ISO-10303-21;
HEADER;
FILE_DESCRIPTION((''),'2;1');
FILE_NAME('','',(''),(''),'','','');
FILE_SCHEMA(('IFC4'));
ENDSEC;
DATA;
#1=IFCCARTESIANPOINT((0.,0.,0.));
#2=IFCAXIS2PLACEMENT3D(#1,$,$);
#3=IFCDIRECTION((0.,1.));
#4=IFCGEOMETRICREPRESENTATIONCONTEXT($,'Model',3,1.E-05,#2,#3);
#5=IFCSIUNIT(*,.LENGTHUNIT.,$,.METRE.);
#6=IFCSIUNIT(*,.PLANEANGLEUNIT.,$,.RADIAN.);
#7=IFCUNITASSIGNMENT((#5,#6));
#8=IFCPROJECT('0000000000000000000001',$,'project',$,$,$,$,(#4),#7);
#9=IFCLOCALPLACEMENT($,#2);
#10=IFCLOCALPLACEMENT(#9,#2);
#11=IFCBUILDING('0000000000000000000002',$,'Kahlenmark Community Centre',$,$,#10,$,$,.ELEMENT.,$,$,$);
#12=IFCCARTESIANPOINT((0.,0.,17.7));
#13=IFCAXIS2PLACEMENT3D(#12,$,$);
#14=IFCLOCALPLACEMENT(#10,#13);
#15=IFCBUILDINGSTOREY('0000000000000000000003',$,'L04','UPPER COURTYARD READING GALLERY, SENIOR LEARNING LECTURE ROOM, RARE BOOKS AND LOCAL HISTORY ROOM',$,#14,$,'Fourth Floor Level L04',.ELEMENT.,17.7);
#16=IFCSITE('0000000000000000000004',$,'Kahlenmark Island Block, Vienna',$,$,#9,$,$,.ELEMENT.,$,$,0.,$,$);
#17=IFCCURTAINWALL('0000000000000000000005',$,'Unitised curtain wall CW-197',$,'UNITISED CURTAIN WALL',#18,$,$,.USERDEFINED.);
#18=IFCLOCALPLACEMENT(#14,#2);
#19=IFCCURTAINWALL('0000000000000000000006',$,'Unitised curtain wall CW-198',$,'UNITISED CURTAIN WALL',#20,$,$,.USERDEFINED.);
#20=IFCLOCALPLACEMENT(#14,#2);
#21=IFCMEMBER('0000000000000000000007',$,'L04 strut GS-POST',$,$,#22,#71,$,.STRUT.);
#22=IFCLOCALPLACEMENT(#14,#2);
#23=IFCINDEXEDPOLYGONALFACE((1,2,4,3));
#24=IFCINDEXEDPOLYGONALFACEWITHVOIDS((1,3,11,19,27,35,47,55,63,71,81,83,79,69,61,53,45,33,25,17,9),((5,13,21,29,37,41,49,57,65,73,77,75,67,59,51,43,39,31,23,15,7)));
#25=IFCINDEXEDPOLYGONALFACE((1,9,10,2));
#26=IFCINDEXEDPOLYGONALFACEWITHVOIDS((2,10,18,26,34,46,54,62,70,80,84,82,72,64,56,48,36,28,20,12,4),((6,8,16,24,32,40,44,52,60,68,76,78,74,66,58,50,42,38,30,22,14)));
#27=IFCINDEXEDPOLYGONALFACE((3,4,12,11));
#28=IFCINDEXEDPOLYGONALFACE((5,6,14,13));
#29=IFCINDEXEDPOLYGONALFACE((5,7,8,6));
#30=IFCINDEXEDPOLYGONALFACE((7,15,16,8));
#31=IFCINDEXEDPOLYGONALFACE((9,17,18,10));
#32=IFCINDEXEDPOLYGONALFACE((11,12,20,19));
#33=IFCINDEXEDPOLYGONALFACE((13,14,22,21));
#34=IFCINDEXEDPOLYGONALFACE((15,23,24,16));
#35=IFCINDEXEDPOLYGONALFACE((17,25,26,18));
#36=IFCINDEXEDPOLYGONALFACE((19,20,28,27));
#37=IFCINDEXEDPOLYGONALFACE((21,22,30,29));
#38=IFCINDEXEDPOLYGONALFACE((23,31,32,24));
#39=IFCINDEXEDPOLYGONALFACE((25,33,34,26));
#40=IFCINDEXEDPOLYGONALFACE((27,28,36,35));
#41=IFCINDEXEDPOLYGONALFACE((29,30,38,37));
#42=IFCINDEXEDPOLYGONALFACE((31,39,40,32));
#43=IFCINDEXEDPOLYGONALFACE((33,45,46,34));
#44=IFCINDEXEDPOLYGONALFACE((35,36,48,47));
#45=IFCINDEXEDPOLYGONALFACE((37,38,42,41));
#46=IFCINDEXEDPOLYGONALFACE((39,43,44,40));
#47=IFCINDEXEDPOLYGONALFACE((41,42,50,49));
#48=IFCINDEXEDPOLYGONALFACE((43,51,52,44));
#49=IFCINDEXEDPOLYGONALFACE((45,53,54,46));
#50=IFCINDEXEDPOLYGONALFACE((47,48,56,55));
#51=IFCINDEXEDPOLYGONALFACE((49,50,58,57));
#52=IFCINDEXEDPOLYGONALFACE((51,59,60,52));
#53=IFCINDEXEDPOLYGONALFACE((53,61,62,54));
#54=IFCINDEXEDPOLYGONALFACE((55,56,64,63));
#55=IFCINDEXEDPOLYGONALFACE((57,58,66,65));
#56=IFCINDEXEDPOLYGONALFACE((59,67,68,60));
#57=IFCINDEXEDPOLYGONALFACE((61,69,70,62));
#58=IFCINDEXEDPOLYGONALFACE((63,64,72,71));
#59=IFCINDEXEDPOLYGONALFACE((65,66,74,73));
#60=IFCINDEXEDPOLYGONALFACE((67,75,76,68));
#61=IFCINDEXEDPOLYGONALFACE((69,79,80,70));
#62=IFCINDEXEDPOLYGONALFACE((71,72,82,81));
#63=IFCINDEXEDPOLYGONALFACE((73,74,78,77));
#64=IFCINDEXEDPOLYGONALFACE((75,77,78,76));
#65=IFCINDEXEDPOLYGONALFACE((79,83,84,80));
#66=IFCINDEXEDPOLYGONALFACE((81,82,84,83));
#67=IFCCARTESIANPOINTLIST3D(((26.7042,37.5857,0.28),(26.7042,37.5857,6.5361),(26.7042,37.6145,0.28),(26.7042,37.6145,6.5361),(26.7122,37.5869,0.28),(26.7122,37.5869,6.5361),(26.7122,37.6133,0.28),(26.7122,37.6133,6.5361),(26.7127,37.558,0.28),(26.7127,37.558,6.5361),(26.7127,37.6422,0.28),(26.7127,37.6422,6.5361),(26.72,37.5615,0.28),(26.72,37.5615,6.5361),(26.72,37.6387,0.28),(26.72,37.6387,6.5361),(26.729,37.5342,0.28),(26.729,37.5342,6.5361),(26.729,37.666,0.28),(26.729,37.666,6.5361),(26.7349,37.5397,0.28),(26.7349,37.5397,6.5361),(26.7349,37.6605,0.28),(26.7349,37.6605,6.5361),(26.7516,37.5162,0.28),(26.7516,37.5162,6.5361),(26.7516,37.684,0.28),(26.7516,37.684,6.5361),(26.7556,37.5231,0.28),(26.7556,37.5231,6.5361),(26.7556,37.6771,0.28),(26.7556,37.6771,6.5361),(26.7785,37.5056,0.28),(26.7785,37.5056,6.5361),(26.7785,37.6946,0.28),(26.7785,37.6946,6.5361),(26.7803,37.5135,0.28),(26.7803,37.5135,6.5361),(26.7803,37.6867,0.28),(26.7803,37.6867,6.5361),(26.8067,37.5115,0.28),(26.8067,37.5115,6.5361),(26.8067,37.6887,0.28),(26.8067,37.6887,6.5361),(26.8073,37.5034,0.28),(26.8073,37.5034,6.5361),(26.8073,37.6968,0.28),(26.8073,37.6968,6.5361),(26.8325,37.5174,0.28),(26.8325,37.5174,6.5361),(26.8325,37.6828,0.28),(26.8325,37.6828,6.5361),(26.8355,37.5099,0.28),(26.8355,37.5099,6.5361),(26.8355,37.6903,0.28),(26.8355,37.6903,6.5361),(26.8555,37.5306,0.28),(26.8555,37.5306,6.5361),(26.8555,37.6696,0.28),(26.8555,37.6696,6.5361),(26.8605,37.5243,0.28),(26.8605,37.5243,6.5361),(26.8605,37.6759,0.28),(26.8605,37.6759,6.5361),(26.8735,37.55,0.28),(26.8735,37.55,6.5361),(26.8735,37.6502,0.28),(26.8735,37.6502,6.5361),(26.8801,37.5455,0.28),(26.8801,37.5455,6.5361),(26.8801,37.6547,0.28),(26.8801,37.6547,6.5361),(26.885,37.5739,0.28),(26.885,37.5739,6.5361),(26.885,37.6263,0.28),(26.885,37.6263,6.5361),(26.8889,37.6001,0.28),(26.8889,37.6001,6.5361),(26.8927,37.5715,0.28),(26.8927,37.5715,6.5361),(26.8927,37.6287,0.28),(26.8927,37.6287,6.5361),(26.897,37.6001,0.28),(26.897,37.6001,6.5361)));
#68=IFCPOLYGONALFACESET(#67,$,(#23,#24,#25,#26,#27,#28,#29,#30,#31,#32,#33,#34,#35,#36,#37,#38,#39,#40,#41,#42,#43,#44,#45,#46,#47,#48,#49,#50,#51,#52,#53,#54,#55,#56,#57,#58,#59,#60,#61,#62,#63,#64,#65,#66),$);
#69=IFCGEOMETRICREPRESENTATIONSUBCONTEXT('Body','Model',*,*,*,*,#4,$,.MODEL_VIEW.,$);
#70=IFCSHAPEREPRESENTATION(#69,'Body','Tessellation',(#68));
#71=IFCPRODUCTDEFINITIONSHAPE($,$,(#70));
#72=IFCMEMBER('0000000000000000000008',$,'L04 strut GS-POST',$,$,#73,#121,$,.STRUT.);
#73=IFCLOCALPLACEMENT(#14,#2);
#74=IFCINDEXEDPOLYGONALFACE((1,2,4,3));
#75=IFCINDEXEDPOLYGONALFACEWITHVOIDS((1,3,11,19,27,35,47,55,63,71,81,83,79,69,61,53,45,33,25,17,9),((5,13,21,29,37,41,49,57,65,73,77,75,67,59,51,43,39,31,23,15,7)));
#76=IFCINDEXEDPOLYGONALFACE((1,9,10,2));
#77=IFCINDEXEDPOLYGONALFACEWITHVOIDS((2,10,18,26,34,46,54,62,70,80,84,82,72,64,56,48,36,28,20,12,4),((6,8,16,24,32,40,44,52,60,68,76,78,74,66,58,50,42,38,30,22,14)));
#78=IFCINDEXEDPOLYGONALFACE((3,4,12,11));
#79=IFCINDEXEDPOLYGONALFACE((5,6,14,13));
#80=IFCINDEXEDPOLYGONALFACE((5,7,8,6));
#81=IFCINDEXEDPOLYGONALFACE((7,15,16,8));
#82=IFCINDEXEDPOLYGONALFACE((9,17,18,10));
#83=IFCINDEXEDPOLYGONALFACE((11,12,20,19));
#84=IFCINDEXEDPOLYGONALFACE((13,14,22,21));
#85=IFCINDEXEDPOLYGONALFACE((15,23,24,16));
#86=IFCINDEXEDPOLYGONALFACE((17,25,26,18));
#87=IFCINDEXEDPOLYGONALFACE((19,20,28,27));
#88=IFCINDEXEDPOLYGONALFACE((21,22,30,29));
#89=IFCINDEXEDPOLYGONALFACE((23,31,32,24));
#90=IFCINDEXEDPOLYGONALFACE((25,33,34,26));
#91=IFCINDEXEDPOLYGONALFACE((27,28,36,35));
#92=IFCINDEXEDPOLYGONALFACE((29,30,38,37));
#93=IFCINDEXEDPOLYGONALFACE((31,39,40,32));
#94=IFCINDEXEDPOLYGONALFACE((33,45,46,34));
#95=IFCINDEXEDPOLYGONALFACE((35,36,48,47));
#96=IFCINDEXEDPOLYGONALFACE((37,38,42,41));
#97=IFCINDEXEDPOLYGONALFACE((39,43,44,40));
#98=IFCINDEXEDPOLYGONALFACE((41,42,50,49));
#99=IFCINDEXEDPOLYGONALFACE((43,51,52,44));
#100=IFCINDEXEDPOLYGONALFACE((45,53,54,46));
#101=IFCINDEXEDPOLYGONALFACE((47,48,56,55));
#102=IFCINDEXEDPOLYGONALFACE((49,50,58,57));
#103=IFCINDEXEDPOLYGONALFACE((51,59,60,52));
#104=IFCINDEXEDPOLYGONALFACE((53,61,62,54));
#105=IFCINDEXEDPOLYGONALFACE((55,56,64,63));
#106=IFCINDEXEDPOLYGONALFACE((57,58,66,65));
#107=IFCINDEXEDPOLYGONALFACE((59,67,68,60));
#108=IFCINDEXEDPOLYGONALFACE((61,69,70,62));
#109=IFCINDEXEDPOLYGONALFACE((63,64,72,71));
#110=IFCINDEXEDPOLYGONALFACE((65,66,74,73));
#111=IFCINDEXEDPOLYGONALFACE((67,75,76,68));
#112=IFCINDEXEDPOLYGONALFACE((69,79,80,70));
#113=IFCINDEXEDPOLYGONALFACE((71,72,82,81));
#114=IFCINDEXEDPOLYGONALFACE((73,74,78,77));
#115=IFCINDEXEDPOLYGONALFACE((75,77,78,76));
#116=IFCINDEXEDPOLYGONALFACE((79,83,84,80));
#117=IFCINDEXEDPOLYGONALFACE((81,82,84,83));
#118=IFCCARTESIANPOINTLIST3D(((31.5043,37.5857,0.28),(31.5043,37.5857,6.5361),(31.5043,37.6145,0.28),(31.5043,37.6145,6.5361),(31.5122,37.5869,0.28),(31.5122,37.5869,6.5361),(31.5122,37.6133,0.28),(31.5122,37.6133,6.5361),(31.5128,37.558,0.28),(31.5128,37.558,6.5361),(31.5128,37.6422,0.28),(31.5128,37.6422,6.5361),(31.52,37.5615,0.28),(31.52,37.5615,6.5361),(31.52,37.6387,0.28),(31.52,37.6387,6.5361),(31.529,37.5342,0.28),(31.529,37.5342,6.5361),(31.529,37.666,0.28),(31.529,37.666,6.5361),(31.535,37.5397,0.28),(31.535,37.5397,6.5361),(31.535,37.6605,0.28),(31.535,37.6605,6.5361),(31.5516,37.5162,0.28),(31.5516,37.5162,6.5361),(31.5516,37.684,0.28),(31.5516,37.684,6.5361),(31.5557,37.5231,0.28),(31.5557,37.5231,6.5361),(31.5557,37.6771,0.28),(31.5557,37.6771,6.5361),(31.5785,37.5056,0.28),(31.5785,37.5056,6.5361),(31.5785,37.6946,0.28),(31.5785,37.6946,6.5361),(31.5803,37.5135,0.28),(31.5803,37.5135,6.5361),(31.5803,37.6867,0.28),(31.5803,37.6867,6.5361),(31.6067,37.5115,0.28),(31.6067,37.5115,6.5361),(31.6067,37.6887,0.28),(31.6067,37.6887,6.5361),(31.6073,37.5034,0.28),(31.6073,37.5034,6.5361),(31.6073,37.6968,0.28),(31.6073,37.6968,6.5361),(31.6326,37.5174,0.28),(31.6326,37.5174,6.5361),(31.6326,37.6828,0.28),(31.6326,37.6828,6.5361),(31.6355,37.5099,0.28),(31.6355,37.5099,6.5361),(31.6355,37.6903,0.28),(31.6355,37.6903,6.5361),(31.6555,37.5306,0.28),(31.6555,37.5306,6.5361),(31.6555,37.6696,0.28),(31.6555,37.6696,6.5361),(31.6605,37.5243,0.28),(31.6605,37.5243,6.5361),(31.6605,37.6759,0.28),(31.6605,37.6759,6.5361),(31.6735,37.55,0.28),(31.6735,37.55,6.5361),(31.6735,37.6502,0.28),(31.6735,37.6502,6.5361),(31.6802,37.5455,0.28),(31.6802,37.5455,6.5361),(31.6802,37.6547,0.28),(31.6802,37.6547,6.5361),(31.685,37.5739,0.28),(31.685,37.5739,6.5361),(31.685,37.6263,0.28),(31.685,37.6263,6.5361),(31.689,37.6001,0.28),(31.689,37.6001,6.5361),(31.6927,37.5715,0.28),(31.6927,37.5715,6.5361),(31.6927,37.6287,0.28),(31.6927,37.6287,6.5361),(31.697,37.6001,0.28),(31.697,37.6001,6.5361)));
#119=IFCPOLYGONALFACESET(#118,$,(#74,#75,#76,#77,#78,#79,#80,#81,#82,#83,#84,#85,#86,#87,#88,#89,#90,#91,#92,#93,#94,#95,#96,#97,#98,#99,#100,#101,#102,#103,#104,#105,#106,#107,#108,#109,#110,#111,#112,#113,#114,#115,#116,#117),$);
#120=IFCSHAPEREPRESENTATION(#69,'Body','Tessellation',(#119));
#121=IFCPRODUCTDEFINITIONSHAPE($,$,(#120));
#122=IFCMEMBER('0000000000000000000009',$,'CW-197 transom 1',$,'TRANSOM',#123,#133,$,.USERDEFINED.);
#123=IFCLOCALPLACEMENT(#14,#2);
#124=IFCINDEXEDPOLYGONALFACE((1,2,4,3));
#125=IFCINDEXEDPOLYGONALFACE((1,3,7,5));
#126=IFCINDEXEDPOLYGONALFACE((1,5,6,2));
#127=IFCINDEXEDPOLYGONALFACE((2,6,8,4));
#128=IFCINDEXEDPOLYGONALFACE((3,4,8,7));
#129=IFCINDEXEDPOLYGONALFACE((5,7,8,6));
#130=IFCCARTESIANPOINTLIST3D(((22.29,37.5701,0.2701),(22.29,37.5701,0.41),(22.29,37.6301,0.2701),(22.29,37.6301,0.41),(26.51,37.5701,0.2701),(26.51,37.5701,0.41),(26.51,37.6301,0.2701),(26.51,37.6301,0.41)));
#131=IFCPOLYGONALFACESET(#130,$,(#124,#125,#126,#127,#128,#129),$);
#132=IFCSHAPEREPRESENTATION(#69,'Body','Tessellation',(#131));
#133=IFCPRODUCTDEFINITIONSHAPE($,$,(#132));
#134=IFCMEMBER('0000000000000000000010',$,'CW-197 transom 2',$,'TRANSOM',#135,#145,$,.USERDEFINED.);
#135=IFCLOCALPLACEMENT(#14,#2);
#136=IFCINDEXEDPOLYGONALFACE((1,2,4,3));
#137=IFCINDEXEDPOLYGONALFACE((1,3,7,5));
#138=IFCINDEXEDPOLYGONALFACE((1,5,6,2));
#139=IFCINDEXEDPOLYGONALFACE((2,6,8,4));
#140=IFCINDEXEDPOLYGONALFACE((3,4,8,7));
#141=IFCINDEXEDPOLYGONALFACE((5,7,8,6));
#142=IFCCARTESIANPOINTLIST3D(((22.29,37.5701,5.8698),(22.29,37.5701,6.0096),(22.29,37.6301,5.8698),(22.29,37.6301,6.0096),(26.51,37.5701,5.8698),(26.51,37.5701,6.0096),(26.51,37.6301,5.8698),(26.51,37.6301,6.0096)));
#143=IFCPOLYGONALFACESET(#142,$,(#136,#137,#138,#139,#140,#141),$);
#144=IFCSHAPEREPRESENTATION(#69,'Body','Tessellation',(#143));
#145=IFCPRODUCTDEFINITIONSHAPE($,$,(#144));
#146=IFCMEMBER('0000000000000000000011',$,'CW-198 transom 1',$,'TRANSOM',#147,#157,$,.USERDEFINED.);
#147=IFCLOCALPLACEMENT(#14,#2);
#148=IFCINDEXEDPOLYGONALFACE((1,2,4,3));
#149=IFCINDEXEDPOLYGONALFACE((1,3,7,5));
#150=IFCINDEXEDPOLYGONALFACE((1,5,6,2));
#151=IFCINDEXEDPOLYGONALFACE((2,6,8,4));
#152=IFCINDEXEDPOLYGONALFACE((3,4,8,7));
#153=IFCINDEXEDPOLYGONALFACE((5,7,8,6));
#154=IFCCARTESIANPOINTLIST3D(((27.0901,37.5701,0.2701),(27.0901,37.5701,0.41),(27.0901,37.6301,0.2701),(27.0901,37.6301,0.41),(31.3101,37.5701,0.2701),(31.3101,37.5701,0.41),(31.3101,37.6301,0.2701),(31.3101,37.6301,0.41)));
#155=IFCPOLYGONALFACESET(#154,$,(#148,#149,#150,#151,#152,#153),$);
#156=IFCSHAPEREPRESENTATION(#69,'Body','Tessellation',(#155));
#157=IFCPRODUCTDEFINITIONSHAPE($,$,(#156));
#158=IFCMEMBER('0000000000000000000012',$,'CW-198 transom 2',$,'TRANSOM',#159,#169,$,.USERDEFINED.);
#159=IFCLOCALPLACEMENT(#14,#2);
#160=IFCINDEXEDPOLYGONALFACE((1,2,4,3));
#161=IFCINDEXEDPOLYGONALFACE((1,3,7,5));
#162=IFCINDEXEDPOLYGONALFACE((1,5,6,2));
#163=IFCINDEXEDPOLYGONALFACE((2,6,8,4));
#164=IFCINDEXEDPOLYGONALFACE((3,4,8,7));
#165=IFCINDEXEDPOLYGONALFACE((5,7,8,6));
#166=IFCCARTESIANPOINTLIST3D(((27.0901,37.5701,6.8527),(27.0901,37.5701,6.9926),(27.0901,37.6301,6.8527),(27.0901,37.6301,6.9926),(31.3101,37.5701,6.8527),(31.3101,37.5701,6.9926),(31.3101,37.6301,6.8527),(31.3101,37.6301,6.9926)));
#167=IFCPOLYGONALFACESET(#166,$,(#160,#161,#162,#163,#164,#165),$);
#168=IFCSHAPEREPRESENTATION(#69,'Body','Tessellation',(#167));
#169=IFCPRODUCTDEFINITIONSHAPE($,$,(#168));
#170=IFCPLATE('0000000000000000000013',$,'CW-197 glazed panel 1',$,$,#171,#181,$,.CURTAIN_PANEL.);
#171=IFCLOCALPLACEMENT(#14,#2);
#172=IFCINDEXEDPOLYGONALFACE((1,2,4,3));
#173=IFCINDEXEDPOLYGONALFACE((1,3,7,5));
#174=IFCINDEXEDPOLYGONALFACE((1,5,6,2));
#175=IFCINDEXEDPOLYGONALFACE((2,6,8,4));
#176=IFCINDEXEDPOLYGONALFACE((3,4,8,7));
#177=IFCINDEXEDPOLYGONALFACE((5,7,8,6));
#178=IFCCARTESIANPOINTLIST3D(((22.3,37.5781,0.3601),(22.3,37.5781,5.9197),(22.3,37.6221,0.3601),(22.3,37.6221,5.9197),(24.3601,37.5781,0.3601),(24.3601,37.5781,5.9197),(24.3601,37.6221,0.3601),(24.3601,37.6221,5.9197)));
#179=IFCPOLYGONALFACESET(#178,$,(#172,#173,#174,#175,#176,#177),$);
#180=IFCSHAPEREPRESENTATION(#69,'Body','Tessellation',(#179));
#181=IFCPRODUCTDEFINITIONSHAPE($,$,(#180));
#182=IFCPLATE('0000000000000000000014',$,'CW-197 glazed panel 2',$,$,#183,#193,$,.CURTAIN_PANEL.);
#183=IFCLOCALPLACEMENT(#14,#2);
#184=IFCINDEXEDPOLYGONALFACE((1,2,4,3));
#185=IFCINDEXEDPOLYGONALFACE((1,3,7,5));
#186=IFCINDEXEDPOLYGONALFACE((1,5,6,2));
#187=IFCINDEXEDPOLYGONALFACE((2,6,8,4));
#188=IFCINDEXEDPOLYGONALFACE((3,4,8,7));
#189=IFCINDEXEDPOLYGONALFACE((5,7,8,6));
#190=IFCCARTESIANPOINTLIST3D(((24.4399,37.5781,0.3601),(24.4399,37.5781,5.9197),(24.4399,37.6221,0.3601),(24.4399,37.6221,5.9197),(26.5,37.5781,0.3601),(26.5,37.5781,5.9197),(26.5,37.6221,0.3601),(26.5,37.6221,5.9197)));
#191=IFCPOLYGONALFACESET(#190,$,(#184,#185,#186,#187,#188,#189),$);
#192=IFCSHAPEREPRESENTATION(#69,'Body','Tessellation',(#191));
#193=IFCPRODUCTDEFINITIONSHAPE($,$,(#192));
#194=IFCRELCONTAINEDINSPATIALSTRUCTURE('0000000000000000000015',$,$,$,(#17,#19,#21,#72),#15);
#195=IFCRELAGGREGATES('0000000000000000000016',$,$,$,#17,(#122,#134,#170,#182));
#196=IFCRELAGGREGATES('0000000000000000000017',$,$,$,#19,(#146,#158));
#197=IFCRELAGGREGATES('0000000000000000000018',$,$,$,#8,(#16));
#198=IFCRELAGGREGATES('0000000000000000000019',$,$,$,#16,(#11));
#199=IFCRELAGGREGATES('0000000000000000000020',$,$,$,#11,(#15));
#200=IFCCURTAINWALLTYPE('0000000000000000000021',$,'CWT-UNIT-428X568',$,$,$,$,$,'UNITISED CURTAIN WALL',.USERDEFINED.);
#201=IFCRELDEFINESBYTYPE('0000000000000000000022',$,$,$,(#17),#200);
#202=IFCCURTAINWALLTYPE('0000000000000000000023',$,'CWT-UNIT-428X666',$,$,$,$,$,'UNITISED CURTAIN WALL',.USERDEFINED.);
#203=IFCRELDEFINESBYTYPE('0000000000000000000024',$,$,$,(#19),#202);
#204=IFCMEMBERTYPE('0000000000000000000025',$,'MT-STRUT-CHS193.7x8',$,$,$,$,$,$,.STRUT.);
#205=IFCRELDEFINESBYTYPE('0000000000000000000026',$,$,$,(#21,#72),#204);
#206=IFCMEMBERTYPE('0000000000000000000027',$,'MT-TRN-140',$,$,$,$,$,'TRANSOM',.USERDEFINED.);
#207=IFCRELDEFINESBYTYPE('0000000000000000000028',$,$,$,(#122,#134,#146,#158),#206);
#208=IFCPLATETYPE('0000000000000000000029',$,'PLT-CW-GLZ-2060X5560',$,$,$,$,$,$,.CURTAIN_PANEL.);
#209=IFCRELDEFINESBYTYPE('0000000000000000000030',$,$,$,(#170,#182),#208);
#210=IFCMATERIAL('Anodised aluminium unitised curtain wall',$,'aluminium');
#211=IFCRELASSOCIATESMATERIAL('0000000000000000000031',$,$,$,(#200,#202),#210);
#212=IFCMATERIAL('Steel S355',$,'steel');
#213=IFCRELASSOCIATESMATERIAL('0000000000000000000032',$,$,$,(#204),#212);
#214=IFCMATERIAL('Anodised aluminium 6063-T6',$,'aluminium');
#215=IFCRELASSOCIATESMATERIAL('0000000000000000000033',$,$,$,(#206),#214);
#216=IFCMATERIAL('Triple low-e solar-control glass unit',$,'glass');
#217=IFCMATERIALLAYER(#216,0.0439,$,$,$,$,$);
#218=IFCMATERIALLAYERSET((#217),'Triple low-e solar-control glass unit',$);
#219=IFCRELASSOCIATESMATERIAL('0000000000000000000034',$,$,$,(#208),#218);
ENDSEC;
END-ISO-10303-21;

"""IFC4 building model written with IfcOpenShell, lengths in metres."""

from ifc_helpers import new_model, si_unit, direction, frame, origin, origin_2d, place, context, subcontext, project, spatial, rectangle, hollow_circle, extrude, material, layer, layer_set, material_profile, profile_set, type_object, element, aggregate, save


model = new_model("IFC4")

# Units and contexts
model_context = context("Model", 3, precision=1e-05, world=origin(), true_north=direction((0.0, 1.0)))
body_context = subcontext(model_context, "Body", "Model", "MODEL_VIEW")
ifc_project = project(units=[si_unit("LENGTHUNIT", "METRE"), si_unit("PLANEANGLEUNIT", "RADIAN")], contexts=[model_context])

# Site, building, storey
site_placement = place(None, origin())
site = spatial("IfcSite", under=ifc_project, at=site_placement, Name="Kahlenmark Island Block, Vienna", CompositionType="ELEMENT", RefElevation=0.0)
building_placement = place(site_placement, origin())
building = spatial("IfcBuilding", under=site, at=building_placement, Name="Kahlenmark Community Centre", CompositionType="ELEMENT")
storey_placement = place(building_placement, frame((0.0, 0.0, 17.7)))
storey = spatial("IfcBuildingStorey", under=building, at=storey_placement, Name="L04", Description="UPPER COURTYARD READING GALLERY, SENIOR LEARNING LECTURE ROOM, RARE BOOKS AND LOCAL HISTORY ROOM", LongName="Fourth Floor Level L04", CompositionType="ELEMENT", Elevation=17.7)

# Shared definitions
ifc_material_1 = material(Name="Steel S355", Category="steel")

# Shared definitions
ifc_material_2 = material(Name="Anodised aluminium unitised curtain wall", Category="aluminium")
ifc_material_3 = material(Name="Anodised aluminium 6063-T6", Category="aluminium")

# Curtain walls
curtain_wall_type_1 = type_object("IfcCurtainWallType", Name="CWT-UNIT-428X568", ElementType="UNITISED CURTAIN WALL", PredefinedType="USERDEFINED", material=ifc_material_2)
curtain_wall_1_placement = place(storey_placement, origin())
curtain_wall_1 = element("IfcCurtainWall", 1, at=curtain_wall_1_placement, inside=storey, type_object=curtain_wall_type_1, Name="Unitised curtain wall CW-197", ObjectType="UNITISED CURTAIN WALL", PredefinedType="USERDEFINED")
curtain_wall_type_2 = type_object("IfcCurtainWallType", Name="CWT-UNIT-428X666", ElementType="UNITISED CURTAIN WALL", PredefinedType="USERDEFINED", material=ifc_material_2)
curtain_wall_2_placement = place(storey_placement, origin())
curtain_wall_2 = element("IfcCurtainWall", 2, at=curtain_wall_2_placement, inside=storey, type_object=curtain_wall_type_2, Name="Unitised curtain wall CW-198", ObjectType="UNITISED CURTAIN WALL", PredefinedType="USERDEFINED")

# Members
ifc_material_profile_1 = material_profile(ifc_material_1, hollow_circle(Radius=0.0969, WallThickness=0.0081, at=origin_2d()), Name="CHS 193.7x8")
ifc_profile_set_1 = profile_set([ifc_material_profile_1], Name="Steel S355")
member_type_1 = type_object("IfcMemberType", Name="MT-STRUT-CHS193.7x8", PredefinedType="STRUT", material=ifc_profile_set_1)
for number, where, z_axis, x_axis, name in (
    (3, (26.8, 37.6001, 0.28), (0.0, 0.0, 1.0), (1.0, 0.0, 0.0), "L04 strut GS-POST"),
    (4, (31.6001, 37.6001, 0.28), (0.0, 0.0, 1.0), (1.0, 0.0, 0.0), "L04 strut GS-POST"),
):
    element("IfcMember", number, at=place(storey_placement, frame(where, z_axis=z_axis, x_axis=x_axis)), inside=storey, type_object=member_type_1, Name=name, PredefinedType="STRUT", context=body_context, shape_type="SweptSolid", body=[
        extrude(hollow_circle(Radius=0.0969, WallThickness=0.0081, at=origin_2d()), origin(), (0.0, 0.0, 1.0), 6.2561),
    ])

# Members
ifc_material_profile_2 = material_profile(ifc_material_3, rectangle(XDim=0.0601, YDim=0.1399, at=origin_2d()), Name="ALU TRANSOM 60x140")
ifc_profile_set_2 = profile_set([ifc_material_profile_2], Name="Anodised aluminium 6063-T6")
member_type_2 = type_object("IfcMemberType", Name="MT-TRN-140", ElementType="TRANSOM", PredefinedType="USERDEFINED", material=ifc_profile_set_2)
member_1_placement = place(storey_placement, frame((22.29, 37.6001, 0.3401), z_axis=(1.0, 0.0, 0.0), x_axis=(0.0, 1.0, 0.0)))
member_1 = element("IfcMember", 5, at=member_1_placement, type_object=member_type_2, Name="CW-197 transom 1", ObjectType="TRANSOM", PredefinedType="USERDEFINED", context=body_context, shape_type="SweptSolid", body=[
    extrude(rectangle(XDim=0.0601, YDim=0.1399, at=origin_2d()), origin(), (0.0, 0.0, 1.0), 4.22),
])
member_2_placement = place(storey_placement, frame((22.29, 37.6001, 5.9397), z_axis=(1.0, 0.0, 0.0), x_axis=(0.0, 1.0, 0.0)))
member_2 = element("IfcMember", 6, at=member_2_placement, type_object=member_type_2, Name="CW-197 transom 2", ObjectType="TRANSOM", PredefinedType="USERDEFINED", context=body_context, shape_type="SweptSolid", body=[
    extrude(rectangle(XDim=0.0601, YDim=0.1399, at=origin_2d()), origin(), (0.0, 0.0, 1.0), 4.22),
])
member_3_placement = place(storey_placement, frame((27.0901, 37.6001, 0.3401), z_axis=(1.0, 0.0, 0.0), x_axis=(0.0, 1.0, 0.0)))
member_3 = element("IfcMember", 7, at=member_3_placement, type_object=member_type_2, Name="CW-198 transom 1", ObjectType="TRANSOM", PredefinedType="USERDEFINED", context=body_context, shape_type="SweptSolid", body=[
    extrude(rectangle(XDim=0.0601, YDim=0.1399, at=origin_2d()), origin(), (0.0, 0.0, 1.0), 4.22),
])
member_4_placement = place(storey_placement, frame((27.0901, 37.6001, 6.9226), z_axis=(1.0, 0.0, 0.0), x_axis=(0.0, 1.0, 0.0)))
member_4 = element("IfcMember", 8, at=member_4_placement, type_object=member_type_2, Name="CW-198 transom 2", ObjectType="TRANSOM", PredefinedType="USERDEFINED", context=body_context, shape_type="SweptSolid", body=[
    extrude(rectangle(XDim=0.0601, YDim=0.1399, at=origin_2d()), origin(), (0.0, 0.0, 1.0), 4.22),
])

# Plates
ifc_material_4 = material(Name="Triple low-e solar-control glass unit", Category="glass")
ifc_layer_1 = layer(ifc_material_4, 0.0439)
ifc_layer_set_1 = layer_set([ifc_layer_1], Name="Triple low-e solar-control glass unit")
plate_type_1 = type_object("IfcPlateType", Name="PLT-CW-GLZ-2060X5560", PredefinedType="CURTAIN_PANEL", material=ifc_layer_set_1)
plate_1_placement = place(storey_placement, frame((23.3301, 37.6001, 0.3601), z_axis=(0.0, 0.0, 1.0), x_axis=(1.0, 0.0, 0.0)))
plate_1 = element("IfcPlate", 9, at=plate_1_placement, type_object=plate_type_1, Name="CW-197 glazed panel 1", PredefinedType="CURTAIN_PANEL", context=body_context, shape_type="SweptSolid", body=[
    extrude(rectangle(XDim=2.0601, YDim=0.0439, at=origin_2d()), origin(), (0.0, 0.0, 1.0), 5.5596),
])
plate_2_placement = place(storey_placement, frame((25.47, 37.6001, 0.3601), z_axis=(0.0, 0.0, 1.0), x_axis=(1.0, 0.0, 0.0)))
plate_2 = element("IfcPlate", 10, at=plate_2_placement, type_object=plate_type_1, Name="CW-197 glazed panel 2", PredefinedType="CURTAIN_PANEL", context=body_context, shape_type="SweptSolid", body=[
    extrude(rectangle(XDim=2.0601, YDim=0.0439, at=origin_2d()), origin(), (0.0, 0.0, 1.0), 5.5596),
])
aggregate(curtain_wall_1, [member_1, member_2, plate_1, plate_2])
aggregate(curtain_wall_2, [member_3, member_4])

save(model, "model.ifc")
